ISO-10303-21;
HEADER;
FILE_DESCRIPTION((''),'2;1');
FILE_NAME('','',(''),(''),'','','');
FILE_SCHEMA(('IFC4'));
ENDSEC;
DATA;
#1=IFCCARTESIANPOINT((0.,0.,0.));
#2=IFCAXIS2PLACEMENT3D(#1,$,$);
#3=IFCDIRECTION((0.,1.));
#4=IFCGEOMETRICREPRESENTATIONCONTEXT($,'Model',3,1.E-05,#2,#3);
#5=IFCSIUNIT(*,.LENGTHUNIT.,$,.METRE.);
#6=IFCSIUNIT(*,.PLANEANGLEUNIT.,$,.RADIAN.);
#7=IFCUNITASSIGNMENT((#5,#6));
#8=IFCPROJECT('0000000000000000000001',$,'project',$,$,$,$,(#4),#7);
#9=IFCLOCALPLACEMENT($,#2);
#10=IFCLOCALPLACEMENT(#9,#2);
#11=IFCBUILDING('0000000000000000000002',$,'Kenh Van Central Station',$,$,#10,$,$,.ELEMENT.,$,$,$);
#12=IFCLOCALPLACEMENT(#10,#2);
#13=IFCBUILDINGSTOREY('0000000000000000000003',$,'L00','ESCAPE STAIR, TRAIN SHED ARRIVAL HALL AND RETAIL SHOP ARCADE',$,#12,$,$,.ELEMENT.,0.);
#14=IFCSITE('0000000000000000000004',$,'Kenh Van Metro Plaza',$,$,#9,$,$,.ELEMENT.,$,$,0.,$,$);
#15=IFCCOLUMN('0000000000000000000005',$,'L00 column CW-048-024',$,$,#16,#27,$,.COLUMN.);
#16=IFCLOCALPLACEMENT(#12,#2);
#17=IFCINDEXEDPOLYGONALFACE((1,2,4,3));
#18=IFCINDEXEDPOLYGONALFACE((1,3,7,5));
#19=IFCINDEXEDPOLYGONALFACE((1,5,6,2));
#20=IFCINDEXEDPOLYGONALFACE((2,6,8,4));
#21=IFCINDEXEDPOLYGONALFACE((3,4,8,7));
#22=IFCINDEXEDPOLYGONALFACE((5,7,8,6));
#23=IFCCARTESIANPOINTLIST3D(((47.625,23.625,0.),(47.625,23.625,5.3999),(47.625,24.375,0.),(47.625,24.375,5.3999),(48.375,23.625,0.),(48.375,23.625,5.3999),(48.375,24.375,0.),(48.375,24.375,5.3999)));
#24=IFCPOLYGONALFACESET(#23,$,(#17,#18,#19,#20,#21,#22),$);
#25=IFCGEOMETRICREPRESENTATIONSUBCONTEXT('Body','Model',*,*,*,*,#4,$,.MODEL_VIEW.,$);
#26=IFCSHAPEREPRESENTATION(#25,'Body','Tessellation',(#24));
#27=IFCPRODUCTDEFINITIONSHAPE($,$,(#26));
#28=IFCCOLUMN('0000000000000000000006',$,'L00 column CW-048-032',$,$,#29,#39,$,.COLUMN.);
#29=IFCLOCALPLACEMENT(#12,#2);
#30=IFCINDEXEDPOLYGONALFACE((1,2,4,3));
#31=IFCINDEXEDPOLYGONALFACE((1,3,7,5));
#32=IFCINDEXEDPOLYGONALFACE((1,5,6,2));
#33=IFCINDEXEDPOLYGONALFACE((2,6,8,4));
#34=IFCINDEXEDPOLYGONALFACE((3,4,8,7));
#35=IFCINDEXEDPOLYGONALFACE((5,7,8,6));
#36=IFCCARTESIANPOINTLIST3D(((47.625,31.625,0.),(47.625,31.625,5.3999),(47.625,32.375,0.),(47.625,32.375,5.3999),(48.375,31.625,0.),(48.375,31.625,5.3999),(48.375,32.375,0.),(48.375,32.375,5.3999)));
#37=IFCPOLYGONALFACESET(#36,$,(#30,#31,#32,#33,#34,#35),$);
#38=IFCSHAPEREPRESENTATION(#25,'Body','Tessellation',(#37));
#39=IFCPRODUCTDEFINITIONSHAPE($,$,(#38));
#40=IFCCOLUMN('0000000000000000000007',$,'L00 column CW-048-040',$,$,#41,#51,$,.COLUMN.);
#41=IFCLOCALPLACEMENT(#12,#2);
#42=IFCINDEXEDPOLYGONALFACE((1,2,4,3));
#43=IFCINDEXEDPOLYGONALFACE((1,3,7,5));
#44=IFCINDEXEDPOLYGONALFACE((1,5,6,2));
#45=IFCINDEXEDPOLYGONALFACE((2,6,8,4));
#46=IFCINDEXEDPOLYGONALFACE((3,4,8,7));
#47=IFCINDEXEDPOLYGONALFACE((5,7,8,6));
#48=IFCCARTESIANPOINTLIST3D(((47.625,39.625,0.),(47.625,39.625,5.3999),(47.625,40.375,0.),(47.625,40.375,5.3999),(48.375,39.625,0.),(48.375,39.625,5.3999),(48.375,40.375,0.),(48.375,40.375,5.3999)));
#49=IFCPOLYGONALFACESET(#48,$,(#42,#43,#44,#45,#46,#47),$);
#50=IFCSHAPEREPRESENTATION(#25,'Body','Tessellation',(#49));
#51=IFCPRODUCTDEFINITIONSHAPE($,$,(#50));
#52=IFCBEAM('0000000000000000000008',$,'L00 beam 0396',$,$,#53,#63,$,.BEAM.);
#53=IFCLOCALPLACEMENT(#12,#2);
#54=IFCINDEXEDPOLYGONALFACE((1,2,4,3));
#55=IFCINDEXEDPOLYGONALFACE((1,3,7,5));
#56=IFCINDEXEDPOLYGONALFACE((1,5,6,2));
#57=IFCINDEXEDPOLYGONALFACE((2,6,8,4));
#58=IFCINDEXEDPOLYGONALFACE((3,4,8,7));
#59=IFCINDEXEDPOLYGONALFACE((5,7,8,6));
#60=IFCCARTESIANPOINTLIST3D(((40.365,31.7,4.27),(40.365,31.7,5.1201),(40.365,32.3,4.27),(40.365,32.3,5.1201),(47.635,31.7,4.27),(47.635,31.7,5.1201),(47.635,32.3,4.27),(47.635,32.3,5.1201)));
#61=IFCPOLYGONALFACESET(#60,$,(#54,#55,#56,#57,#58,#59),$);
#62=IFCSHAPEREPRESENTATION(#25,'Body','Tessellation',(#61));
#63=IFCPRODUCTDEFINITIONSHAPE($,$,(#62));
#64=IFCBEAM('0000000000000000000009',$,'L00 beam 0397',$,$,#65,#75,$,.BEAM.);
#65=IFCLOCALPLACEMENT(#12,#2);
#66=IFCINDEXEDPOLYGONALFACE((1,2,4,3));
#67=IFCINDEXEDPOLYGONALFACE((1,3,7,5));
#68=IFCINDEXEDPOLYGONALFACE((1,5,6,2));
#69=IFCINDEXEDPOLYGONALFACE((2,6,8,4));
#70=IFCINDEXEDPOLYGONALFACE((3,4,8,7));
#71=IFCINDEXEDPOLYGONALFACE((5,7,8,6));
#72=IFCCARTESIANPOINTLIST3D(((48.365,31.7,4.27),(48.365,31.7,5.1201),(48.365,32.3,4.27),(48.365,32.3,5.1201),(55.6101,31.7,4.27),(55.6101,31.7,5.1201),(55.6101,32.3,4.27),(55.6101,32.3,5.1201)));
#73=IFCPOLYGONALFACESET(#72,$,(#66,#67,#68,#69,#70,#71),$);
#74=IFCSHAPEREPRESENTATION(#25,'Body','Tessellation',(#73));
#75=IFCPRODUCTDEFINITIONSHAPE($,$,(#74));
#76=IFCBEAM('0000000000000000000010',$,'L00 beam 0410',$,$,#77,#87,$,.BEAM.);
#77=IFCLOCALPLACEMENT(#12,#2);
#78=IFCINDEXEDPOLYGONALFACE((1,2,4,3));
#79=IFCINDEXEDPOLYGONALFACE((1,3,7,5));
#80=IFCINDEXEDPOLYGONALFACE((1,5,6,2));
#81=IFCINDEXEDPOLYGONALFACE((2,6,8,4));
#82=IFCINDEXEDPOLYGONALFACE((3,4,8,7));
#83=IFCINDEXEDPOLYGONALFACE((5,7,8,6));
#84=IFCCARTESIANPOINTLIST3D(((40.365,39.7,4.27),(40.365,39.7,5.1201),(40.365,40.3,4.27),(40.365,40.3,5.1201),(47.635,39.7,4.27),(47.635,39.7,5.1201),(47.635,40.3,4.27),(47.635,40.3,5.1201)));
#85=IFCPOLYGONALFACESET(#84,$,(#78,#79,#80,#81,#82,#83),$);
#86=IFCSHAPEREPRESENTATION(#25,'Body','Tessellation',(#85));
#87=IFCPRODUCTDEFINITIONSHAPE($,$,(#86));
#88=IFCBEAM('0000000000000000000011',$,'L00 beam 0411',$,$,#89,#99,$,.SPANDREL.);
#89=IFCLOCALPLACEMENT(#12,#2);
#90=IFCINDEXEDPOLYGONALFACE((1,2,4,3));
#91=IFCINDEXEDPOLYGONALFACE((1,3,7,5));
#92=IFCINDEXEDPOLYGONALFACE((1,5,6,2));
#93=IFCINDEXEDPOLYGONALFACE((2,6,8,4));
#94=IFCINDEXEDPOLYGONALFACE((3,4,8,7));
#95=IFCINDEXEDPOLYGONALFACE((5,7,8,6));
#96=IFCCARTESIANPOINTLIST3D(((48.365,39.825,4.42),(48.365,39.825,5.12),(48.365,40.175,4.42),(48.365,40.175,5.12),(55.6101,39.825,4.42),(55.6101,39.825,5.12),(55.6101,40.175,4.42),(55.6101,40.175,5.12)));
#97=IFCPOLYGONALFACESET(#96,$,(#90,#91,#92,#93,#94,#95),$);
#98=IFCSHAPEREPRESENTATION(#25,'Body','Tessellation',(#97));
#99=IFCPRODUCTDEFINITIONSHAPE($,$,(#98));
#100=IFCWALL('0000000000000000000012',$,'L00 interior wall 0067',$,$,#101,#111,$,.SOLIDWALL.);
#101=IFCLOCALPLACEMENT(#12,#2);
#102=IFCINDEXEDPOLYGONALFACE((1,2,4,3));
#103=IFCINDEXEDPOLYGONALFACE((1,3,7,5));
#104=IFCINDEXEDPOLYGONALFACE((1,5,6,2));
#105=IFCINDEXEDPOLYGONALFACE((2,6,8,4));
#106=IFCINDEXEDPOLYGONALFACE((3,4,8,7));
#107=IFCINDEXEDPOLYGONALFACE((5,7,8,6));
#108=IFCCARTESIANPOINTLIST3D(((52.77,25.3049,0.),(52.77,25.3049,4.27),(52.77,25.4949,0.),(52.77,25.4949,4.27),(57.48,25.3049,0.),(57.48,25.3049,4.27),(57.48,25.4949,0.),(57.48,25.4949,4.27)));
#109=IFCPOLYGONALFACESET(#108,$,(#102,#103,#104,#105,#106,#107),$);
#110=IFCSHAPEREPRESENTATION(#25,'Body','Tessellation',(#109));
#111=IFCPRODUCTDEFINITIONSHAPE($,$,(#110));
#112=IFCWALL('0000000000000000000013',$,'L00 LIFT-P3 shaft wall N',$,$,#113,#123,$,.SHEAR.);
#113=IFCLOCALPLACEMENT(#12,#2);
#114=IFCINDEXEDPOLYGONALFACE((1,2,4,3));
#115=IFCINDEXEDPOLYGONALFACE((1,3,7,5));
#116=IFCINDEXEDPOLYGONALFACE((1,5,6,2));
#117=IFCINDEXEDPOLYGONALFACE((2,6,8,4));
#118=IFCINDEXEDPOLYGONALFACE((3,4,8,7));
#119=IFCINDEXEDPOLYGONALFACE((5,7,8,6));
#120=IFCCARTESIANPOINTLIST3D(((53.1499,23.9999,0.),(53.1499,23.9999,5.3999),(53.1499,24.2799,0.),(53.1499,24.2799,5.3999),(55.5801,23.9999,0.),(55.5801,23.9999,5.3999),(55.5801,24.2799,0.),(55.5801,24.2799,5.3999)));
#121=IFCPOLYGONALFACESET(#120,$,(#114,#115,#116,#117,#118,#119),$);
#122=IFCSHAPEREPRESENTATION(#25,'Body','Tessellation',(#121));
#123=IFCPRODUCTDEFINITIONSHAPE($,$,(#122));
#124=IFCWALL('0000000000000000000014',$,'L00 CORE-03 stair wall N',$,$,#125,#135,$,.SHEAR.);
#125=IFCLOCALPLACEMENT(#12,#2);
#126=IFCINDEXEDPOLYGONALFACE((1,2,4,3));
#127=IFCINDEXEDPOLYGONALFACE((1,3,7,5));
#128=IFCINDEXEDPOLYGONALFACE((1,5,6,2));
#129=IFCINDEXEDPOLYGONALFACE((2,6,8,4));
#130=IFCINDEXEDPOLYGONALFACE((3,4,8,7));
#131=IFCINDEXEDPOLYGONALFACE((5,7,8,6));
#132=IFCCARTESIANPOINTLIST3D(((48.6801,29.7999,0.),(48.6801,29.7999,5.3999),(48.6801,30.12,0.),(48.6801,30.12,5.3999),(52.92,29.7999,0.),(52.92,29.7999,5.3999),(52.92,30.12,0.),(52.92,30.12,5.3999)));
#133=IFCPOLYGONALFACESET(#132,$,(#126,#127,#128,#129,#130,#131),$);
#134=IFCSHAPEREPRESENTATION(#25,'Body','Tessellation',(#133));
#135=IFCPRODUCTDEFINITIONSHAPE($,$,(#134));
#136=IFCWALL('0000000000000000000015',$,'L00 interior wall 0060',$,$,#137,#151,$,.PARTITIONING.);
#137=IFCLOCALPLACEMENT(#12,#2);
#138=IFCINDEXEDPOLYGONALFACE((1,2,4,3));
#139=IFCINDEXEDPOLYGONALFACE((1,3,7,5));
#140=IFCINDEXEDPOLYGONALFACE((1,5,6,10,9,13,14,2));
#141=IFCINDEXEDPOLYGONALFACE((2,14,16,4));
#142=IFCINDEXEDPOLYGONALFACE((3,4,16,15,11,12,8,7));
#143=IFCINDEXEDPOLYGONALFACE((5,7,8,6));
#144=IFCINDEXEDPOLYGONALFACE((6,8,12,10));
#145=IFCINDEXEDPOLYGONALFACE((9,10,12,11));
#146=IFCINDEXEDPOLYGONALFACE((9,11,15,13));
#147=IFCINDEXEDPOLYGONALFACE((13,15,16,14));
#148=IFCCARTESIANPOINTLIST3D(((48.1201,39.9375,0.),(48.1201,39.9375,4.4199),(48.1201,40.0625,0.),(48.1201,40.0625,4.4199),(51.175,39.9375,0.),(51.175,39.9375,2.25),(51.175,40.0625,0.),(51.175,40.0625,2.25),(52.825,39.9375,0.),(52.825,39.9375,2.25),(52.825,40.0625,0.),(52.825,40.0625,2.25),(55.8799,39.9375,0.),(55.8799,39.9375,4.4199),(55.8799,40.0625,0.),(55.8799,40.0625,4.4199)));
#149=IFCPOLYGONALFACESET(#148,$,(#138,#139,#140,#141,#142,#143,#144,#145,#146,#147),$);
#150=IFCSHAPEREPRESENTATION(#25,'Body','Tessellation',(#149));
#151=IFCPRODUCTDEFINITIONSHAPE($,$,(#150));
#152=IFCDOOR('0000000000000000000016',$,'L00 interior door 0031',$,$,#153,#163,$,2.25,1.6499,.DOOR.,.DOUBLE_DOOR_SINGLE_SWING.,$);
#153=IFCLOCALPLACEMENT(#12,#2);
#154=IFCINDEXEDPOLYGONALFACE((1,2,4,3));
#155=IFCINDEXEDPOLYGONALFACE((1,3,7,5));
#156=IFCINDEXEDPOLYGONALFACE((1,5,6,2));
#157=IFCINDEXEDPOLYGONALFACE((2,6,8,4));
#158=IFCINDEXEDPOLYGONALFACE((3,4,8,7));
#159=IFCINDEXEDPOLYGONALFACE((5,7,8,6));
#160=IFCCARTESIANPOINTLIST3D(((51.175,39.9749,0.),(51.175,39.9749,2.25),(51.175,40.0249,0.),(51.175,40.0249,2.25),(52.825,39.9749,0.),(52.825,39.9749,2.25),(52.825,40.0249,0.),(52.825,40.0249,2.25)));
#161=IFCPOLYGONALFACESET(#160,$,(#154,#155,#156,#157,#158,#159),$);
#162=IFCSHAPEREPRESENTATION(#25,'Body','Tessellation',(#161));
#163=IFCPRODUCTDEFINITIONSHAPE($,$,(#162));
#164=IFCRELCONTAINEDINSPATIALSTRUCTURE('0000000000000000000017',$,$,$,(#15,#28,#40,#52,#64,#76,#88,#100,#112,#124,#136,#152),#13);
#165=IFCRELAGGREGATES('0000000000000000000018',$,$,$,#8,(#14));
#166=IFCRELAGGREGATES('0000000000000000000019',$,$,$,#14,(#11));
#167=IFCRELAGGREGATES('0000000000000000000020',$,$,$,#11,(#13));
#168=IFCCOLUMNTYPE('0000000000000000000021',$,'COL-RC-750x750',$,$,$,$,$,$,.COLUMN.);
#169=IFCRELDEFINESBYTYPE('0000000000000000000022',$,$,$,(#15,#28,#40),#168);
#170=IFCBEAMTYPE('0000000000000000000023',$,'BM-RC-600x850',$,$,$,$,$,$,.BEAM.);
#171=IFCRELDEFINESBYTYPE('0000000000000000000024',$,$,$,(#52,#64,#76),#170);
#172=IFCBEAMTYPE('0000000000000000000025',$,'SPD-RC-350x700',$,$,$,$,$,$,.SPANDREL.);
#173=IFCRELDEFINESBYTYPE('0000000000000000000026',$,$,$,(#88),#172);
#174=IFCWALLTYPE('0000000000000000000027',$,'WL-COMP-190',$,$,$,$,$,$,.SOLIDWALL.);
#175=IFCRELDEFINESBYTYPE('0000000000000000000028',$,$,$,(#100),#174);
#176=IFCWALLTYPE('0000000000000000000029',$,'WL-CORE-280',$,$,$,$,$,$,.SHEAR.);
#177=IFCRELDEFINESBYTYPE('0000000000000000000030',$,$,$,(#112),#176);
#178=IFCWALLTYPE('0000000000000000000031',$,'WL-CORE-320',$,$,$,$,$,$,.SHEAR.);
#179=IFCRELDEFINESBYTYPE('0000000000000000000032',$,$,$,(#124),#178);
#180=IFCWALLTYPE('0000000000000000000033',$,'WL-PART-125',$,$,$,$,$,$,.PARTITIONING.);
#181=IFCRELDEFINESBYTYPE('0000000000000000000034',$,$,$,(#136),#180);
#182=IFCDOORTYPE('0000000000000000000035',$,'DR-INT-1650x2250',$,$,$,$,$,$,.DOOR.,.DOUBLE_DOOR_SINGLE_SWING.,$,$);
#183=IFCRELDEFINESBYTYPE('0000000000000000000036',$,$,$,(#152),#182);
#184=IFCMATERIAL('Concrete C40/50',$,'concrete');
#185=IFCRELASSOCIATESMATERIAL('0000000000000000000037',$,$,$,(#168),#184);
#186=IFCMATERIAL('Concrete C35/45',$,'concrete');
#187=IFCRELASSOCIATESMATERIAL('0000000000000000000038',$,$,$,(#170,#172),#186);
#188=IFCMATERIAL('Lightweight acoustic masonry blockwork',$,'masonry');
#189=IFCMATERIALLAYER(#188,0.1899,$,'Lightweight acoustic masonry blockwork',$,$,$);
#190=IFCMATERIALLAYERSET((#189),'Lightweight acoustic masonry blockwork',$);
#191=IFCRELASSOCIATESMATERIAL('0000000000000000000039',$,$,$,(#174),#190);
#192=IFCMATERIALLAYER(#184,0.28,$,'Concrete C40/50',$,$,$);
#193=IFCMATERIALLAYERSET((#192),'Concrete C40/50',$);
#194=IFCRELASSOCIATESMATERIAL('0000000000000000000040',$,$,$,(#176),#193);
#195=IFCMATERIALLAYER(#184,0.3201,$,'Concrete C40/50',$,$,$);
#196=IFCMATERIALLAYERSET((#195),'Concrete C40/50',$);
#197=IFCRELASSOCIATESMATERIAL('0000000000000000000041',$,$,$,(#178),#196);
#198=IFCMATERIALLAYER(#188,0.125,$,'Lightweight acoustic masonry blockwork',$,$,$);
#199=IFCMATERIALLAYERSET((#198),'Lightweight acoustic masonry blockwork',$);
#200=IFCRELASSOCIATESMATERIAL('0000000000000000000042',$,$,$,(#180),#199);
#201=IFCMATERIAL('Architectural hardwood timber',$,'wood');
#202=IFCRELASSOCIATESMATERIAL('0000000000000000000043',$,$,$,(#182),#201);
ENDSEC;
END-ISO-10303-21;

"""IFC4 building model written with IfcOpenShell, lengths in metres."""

from ifc_helpers import new_model, si_unit, direction, frame, frame_2d, origin, origin_2d, place, context, subcontext, project, spatial, rectangle, extrude, material, layer, layer_set, material_profile, profile_set, type_object, element, fill, save


model = new_model("IFC4")

# Units and contexts
model_context = context("Model", 3, precision=1e-05, world=origin(), true_north=direction((0.0, 1.0)))
body_context = subcontext(model_context, "Body", "Model", "MODEL_VIEW")
ifc_project = project(units=[si_unit("LENGTHUNIT", "METRE"), si_unit("PLANEANGLEUNIT", "RADIAN")], contexts=[model_context])

# Site, building, storey
site_placement = place(None, origin())
site = spatial("IfcSite", under=ifc_project, at=site_placement, Name="Kenh Van Metro Plaza", CompositionType="ELEMENT", RefElevation=0.0)
building_placement = place(site_placement, origin())
building = spatial("IfcBuilding", under=site, at=building_placement, Name="Kenh Van Central Station", CompositionType="ELEMENT")
storey_placement = place(building_placement, origin())
storey = spatial("IfcBuildingStorey", under=building, at=storey_placement, Name="L00", Description="ESCAPE STAIR, TRAIN SHED ARRIVAL HALL AND RETAIL SHOP ARCADE", CompositionType="ELEMENT", Elevation=0.0)

# Columns
ifc_material_1 = material(Name="Concrete C40/50", Category="concrete")
ifc_material_profile_1 = material_profile(ifc_material_1, rectangle(XDim=0.75, YDim=0.75, at=origin_2d()), Name="RC 750x750")
ifc_profile_set_1 = profile_set([ifc_material_profile_1], Name="Concrete C40/50")
column_type = type_object("IfcColumnType", Name="COL-RC-750x750", PredefinedType="COLUMN", material=ifc_profile_set_1)
for number, where, z_axis, x_axis, name in (
    (1, (48.0, 24.0, 0.0), (0.0, 0.0, 1.0), (1.0, 0.0, 0.0), "L00 column CW-048-024"),
    (2, (48.0, 32.0, 0.0), (0.0, 0.0, 1.0), (1.0, 0.0, 0.0), "L00 column CW-048-032"),
    (3, (48.0, 40.0, 0.0), (0.0, 0.0, 1.0), (1.0, 0.0, 0.0), "L00 column CW-048-040"),
):
    element("IfcColumn", number, at=place(storey_placement, frame(where, z_axis=z_axis, x_axis=x_axis)), inside=storey, type_object=column_type, Name=name, PredefinedType="COLUMN", context=body_context, shape_type="SweptSolid", body=[
        extrude(rectangle(XDim=0.75, YDim=0.75, at=origin_2d()), origin(), (0.0, 0.0, 1.0), 5.3999),
    ])

# Beams
ifc_material_2 = material(Name="Concrete C35/45", Category="concrete")
ifc_material_profile_2 = material_profile(ifc_material_2, rectangle(XDim=0.6001, YDim=0.8501, at=origin_2d()), Name="RC 600x850")
ifc_profile_set_2 = profile_set([ifc_material_profile_2], Name="Concrete C35/45")
beam_type_1 = type_object("IfcBeamType", Name="BM-RC-600x850", PredefinedType="BEAM", material=ifc_profile_set_2)
beam_1_placement = place(storey_placement, frame((40.365, 32.0, 4.6951), z_axis=(1.0, 0.0, 0.0), x_axis=(0.0, 1.0, 0.0)))
element("IfcBeam", 4, at=beam_1_placement, inside=storey, type_object=beam_type_1, Name="L00 beam 0396", PredefinedType="BEAM", context=body_context, shape_type="SweptSolid", body=[
    extrude(rectangle(XDim=0.6001, YDim=0.8501, at=origin_2d()), origin(), (0.0, 0.0, 1.0), 7.27),
])
beam_2_placement = place(storey_placement, frame((48.365, 32.0, 4.6951), z_axis=(1.0, 0.0, 0.0), x_axis=(0.0, 1.0, 0.0)))
element("IfcBeam", 5, at=beam_2_placement, inside=storey, type_object=beam_type_1, Name="L00 beam 0397", PredefinedType="BEAM", context=body_context, shape_type="SweptSolid", body=[
    extrude(rectangle(XDim=0.6001, YDim=0.8501, at=origin_2d()), origin(), (0.0, 0.0, 1.0), 7.2451),
])
beam_3_placement = place(storey_placement, frame((40.365, 40.0, 4.6951), z_axis=(1.0, 0.0, 0.0), x_axis=(0.0, 1.0, 0.0)))
element("IfcBeam", 6, at=beam_3_placement, inside=storey, type_object=beam_type_1, Name="L00 beam 0410", PredefinedType="BEAM", context=body_context, shape_type="SweptSolid", body=[
    extrude(rectangle(XDim=0.6001, YDim=0.8501, at=origin_2d()), origin(), (0.0, 0.0, 1.0), 7.27),
])
ifc_material_profile_3 = material_profile(ifc_material_2, rectangle(XDim=0.3501, YDim=0.7, at=origin_2d()), Name="RC 350x700")
ifc_profile_set_3 = profile_set([ifc_material_profile_3], Name="Concrete C35/45")
beam_type_2 = type_object("IfcBeamType", Name="SPD-RC-350x700", PredefinedType="SPANDREL", material=ifc_profile_set_3)
beam_4_placement = place(storey_placement, frame((48.365, 40.0, 4.77), z_axis=(1.0, 0.0, 0.0), x_axis=(0.0, 1.0, 0.0)))
element("IfcBeam", 7, at=beam_4_placement, inside=storey, type_object=beam_type_2, Name="L00 beam 0411", PredefinedType="SPANDREL", context=body_context, shape_type="SweptSolid", body=[
    extrude(rectangle(XDim=0.3501, YDim=0.7, at=origin_2d()), origin(), (0.0, 0.0, 1.0), 7.2451),
])

# Walls
ifc_material_3 = material(Name="Lightweight acoustic masonry blockwork", Category="masonry")
ifc_layer_1 = layer(ifc_material_3, 0.1899, Name="Lightweight acoustic masonry blockwork")
ifc_layer_set_1 = layer_set([ifc_layer_1], Name="Lightweight acoustic masonry blockwork")
wall_type_1 = type_object("IfcWallType", Name="WL-COMP-190", PredefinedType="SOLIDWALL", material=ifc_layer_set_1)
wall_1_placement = place(storey_placement, frame((52.77, 25.3999, 0.0), z_axis=(0.0, 0.0, 1.0), x_axis=(1.0, 0.0, 0.0)))
element("IfcWall", 8, at=wall_1_placement, inside=storey, type_object=wall_type_1, Name="L00 interior wall 0067", PredefinedType="SOLIDWALL", context=body_context, shape_type="SweptSolid", body=[
    extrude(rectangle(XDim=4.71, YDim=0.1899, at=frame_2d((2.355, 0.0))), origin(), (0.0, 0.0, 1.0), 4.27),
])
ifc_layer_2 = layer(ifc_material_1, 0.28, Name="Concrete C40/50")
ifc_layer_set_2 = layer_set([ifc_layer_2], Name="Concrete C40/50")
wall_type_2 = type_object("IfcWallType", Name="WL-CORE-280", PredefinedType="SHEAR", material=ifc_layer_set_2)
wall_2_placement = place(storey_placement, frame((53.1499, 24.1399, 0.0), z_axis=(0.0, 0.0, 1.0), x_axis=(1.0, 0.0, 0.0)))
element("IfcWall", 9, at=wall_2_placement, inside=storey, type_object=wall_type_2, Name="L00 LIFT-P3 shaft wall N", PredefinedType="SHEAR", context=body_context, shape_type="SweptSolid", body=[
    extrude(rectangle(XDim=2.4302, YDim=0.28, at=frame_2d((1.2151, 0.0))), origin(), (0.0, 0.0, 1.0), 5.3999),
])
ifc_layer_3 = layer(ifc_material_1, 0.3201, Name="Concrete C40/50")
ifc_layer_set_3 = layer_set([ifc_layer_3], Name="Concrete C40/50")
wall_type_3 = type_object("IfcWallType", Name="WL-CORE-320", PredefinedType="SHEAR", material=ifc_layer_set_3)
wall_3_placement = place(storey_placement, frame((48.6799, 29.96, 0.0), z_axis=(0.0, 0.0, 1.0), x_axis=(1.0, 0.0, 0.0)))
element("IfcWall", 10, at=wall_3_placement, inside=storey, type_object=wall_type_3, Name="L00 CORE-03 stair wall N", PredefinedType="SHEAR", context=body_context, shape_type="SweptSolid", body=[
    extrude(rectangle(XDim=4.24, YDim=0.3201, at=frame_2d((2.1201, 0.0))), origin(), (0.0, 0.0, 1.0), 5.3999),
])

# Wall, opening, door
ifc_layer_4 = layer(ifc_material_3, 0.125, Name="Lightweight acoustic masonry blockwork")
ifc_layer_set_4 = layer_set([ifc_layer_4], Name="Lightweight acoustic masonry blockwork")
wall_type_4 = type_object("IfcWallType", Name="WL-PART-125", PredefinedType="PARTITIONING", material=ifc_layer_set_4)
wall_4_placement = place(storey_placement, frame((48.1201, 40.0, 0.0), z_axis=(0.0, 0.0, 1.0), x_axis=(1.0, 0.0, 0.0)))
wall_4 = element("IfcWall", 11, at=wall_4_placement, inside=storey, type_object=wall_type_4, Name="L00 interior wall 0060", PredefinedType="PARTITIONING", context=body_context, shape_type="SweptSolid", body=[
    extrude(rectangle(XDim=7.7598, YDim=0.125, at=frame_2d((3.8799, 0.0))), origin(), (0.0, 0.0, 1.0), 4.4199),
])
opening_placement = place(wall_4_placement, frame((3.0549, 0.0, 0.0)))
opening = element("IfcOpeningElement", 12, at=opening_placement, cuts=wall_4, PredefinedType="OPENING", context=body_context, shape_type="SweptSolid", body=[
    extrude(rectangle(XDim=1.6499, YDim=2.25, at=frame_2d((0.825, 1.125))), frame((0.0, 0.0725, 0.0), z_axis=(0.0, -1.0, 0.0), x_axis=(1.0, 0.0, 0.0)), (0.0, 0.0, 1.0), 0.145),
])
ifc_material_4 = material(Name="Architectural hardwood timber", Category="wood")
door_type = type_object("IfcDoorType", Name="DR-INT-1650x2250", OperationType="DOUBLE_DOOR_SINGLE_SWING", PredefinedType="DOOR", material=ifc_material_4)
door_placement = place(opening_placement, origin())
door = element("IfcDoor", 13, at=door_placement, inside=storey, type_object=door_type, Name="L00 interior door 0031", OperationType="DOUBLE_DOOR_SINGLE_SWING", OverallHeight=2.25, OverallWidth=1.6499, PredefinedType="DOOR", context=body_context, shape_type="SweptSolid", body=[
    extrude(rectangle(XDim=1.6499, YDim=2.25, at=frame_2d((0.825, 1.125))), frame((0.0, 0.0249, 0.0), z_axis=(0.0, -1.0, 0.0), x_axis=(1.0, 0.0, 0.0)), (0.0, 0.0, 1.0), 0.05),
])
fill(opening, door)

save(model, "model.ifc")
